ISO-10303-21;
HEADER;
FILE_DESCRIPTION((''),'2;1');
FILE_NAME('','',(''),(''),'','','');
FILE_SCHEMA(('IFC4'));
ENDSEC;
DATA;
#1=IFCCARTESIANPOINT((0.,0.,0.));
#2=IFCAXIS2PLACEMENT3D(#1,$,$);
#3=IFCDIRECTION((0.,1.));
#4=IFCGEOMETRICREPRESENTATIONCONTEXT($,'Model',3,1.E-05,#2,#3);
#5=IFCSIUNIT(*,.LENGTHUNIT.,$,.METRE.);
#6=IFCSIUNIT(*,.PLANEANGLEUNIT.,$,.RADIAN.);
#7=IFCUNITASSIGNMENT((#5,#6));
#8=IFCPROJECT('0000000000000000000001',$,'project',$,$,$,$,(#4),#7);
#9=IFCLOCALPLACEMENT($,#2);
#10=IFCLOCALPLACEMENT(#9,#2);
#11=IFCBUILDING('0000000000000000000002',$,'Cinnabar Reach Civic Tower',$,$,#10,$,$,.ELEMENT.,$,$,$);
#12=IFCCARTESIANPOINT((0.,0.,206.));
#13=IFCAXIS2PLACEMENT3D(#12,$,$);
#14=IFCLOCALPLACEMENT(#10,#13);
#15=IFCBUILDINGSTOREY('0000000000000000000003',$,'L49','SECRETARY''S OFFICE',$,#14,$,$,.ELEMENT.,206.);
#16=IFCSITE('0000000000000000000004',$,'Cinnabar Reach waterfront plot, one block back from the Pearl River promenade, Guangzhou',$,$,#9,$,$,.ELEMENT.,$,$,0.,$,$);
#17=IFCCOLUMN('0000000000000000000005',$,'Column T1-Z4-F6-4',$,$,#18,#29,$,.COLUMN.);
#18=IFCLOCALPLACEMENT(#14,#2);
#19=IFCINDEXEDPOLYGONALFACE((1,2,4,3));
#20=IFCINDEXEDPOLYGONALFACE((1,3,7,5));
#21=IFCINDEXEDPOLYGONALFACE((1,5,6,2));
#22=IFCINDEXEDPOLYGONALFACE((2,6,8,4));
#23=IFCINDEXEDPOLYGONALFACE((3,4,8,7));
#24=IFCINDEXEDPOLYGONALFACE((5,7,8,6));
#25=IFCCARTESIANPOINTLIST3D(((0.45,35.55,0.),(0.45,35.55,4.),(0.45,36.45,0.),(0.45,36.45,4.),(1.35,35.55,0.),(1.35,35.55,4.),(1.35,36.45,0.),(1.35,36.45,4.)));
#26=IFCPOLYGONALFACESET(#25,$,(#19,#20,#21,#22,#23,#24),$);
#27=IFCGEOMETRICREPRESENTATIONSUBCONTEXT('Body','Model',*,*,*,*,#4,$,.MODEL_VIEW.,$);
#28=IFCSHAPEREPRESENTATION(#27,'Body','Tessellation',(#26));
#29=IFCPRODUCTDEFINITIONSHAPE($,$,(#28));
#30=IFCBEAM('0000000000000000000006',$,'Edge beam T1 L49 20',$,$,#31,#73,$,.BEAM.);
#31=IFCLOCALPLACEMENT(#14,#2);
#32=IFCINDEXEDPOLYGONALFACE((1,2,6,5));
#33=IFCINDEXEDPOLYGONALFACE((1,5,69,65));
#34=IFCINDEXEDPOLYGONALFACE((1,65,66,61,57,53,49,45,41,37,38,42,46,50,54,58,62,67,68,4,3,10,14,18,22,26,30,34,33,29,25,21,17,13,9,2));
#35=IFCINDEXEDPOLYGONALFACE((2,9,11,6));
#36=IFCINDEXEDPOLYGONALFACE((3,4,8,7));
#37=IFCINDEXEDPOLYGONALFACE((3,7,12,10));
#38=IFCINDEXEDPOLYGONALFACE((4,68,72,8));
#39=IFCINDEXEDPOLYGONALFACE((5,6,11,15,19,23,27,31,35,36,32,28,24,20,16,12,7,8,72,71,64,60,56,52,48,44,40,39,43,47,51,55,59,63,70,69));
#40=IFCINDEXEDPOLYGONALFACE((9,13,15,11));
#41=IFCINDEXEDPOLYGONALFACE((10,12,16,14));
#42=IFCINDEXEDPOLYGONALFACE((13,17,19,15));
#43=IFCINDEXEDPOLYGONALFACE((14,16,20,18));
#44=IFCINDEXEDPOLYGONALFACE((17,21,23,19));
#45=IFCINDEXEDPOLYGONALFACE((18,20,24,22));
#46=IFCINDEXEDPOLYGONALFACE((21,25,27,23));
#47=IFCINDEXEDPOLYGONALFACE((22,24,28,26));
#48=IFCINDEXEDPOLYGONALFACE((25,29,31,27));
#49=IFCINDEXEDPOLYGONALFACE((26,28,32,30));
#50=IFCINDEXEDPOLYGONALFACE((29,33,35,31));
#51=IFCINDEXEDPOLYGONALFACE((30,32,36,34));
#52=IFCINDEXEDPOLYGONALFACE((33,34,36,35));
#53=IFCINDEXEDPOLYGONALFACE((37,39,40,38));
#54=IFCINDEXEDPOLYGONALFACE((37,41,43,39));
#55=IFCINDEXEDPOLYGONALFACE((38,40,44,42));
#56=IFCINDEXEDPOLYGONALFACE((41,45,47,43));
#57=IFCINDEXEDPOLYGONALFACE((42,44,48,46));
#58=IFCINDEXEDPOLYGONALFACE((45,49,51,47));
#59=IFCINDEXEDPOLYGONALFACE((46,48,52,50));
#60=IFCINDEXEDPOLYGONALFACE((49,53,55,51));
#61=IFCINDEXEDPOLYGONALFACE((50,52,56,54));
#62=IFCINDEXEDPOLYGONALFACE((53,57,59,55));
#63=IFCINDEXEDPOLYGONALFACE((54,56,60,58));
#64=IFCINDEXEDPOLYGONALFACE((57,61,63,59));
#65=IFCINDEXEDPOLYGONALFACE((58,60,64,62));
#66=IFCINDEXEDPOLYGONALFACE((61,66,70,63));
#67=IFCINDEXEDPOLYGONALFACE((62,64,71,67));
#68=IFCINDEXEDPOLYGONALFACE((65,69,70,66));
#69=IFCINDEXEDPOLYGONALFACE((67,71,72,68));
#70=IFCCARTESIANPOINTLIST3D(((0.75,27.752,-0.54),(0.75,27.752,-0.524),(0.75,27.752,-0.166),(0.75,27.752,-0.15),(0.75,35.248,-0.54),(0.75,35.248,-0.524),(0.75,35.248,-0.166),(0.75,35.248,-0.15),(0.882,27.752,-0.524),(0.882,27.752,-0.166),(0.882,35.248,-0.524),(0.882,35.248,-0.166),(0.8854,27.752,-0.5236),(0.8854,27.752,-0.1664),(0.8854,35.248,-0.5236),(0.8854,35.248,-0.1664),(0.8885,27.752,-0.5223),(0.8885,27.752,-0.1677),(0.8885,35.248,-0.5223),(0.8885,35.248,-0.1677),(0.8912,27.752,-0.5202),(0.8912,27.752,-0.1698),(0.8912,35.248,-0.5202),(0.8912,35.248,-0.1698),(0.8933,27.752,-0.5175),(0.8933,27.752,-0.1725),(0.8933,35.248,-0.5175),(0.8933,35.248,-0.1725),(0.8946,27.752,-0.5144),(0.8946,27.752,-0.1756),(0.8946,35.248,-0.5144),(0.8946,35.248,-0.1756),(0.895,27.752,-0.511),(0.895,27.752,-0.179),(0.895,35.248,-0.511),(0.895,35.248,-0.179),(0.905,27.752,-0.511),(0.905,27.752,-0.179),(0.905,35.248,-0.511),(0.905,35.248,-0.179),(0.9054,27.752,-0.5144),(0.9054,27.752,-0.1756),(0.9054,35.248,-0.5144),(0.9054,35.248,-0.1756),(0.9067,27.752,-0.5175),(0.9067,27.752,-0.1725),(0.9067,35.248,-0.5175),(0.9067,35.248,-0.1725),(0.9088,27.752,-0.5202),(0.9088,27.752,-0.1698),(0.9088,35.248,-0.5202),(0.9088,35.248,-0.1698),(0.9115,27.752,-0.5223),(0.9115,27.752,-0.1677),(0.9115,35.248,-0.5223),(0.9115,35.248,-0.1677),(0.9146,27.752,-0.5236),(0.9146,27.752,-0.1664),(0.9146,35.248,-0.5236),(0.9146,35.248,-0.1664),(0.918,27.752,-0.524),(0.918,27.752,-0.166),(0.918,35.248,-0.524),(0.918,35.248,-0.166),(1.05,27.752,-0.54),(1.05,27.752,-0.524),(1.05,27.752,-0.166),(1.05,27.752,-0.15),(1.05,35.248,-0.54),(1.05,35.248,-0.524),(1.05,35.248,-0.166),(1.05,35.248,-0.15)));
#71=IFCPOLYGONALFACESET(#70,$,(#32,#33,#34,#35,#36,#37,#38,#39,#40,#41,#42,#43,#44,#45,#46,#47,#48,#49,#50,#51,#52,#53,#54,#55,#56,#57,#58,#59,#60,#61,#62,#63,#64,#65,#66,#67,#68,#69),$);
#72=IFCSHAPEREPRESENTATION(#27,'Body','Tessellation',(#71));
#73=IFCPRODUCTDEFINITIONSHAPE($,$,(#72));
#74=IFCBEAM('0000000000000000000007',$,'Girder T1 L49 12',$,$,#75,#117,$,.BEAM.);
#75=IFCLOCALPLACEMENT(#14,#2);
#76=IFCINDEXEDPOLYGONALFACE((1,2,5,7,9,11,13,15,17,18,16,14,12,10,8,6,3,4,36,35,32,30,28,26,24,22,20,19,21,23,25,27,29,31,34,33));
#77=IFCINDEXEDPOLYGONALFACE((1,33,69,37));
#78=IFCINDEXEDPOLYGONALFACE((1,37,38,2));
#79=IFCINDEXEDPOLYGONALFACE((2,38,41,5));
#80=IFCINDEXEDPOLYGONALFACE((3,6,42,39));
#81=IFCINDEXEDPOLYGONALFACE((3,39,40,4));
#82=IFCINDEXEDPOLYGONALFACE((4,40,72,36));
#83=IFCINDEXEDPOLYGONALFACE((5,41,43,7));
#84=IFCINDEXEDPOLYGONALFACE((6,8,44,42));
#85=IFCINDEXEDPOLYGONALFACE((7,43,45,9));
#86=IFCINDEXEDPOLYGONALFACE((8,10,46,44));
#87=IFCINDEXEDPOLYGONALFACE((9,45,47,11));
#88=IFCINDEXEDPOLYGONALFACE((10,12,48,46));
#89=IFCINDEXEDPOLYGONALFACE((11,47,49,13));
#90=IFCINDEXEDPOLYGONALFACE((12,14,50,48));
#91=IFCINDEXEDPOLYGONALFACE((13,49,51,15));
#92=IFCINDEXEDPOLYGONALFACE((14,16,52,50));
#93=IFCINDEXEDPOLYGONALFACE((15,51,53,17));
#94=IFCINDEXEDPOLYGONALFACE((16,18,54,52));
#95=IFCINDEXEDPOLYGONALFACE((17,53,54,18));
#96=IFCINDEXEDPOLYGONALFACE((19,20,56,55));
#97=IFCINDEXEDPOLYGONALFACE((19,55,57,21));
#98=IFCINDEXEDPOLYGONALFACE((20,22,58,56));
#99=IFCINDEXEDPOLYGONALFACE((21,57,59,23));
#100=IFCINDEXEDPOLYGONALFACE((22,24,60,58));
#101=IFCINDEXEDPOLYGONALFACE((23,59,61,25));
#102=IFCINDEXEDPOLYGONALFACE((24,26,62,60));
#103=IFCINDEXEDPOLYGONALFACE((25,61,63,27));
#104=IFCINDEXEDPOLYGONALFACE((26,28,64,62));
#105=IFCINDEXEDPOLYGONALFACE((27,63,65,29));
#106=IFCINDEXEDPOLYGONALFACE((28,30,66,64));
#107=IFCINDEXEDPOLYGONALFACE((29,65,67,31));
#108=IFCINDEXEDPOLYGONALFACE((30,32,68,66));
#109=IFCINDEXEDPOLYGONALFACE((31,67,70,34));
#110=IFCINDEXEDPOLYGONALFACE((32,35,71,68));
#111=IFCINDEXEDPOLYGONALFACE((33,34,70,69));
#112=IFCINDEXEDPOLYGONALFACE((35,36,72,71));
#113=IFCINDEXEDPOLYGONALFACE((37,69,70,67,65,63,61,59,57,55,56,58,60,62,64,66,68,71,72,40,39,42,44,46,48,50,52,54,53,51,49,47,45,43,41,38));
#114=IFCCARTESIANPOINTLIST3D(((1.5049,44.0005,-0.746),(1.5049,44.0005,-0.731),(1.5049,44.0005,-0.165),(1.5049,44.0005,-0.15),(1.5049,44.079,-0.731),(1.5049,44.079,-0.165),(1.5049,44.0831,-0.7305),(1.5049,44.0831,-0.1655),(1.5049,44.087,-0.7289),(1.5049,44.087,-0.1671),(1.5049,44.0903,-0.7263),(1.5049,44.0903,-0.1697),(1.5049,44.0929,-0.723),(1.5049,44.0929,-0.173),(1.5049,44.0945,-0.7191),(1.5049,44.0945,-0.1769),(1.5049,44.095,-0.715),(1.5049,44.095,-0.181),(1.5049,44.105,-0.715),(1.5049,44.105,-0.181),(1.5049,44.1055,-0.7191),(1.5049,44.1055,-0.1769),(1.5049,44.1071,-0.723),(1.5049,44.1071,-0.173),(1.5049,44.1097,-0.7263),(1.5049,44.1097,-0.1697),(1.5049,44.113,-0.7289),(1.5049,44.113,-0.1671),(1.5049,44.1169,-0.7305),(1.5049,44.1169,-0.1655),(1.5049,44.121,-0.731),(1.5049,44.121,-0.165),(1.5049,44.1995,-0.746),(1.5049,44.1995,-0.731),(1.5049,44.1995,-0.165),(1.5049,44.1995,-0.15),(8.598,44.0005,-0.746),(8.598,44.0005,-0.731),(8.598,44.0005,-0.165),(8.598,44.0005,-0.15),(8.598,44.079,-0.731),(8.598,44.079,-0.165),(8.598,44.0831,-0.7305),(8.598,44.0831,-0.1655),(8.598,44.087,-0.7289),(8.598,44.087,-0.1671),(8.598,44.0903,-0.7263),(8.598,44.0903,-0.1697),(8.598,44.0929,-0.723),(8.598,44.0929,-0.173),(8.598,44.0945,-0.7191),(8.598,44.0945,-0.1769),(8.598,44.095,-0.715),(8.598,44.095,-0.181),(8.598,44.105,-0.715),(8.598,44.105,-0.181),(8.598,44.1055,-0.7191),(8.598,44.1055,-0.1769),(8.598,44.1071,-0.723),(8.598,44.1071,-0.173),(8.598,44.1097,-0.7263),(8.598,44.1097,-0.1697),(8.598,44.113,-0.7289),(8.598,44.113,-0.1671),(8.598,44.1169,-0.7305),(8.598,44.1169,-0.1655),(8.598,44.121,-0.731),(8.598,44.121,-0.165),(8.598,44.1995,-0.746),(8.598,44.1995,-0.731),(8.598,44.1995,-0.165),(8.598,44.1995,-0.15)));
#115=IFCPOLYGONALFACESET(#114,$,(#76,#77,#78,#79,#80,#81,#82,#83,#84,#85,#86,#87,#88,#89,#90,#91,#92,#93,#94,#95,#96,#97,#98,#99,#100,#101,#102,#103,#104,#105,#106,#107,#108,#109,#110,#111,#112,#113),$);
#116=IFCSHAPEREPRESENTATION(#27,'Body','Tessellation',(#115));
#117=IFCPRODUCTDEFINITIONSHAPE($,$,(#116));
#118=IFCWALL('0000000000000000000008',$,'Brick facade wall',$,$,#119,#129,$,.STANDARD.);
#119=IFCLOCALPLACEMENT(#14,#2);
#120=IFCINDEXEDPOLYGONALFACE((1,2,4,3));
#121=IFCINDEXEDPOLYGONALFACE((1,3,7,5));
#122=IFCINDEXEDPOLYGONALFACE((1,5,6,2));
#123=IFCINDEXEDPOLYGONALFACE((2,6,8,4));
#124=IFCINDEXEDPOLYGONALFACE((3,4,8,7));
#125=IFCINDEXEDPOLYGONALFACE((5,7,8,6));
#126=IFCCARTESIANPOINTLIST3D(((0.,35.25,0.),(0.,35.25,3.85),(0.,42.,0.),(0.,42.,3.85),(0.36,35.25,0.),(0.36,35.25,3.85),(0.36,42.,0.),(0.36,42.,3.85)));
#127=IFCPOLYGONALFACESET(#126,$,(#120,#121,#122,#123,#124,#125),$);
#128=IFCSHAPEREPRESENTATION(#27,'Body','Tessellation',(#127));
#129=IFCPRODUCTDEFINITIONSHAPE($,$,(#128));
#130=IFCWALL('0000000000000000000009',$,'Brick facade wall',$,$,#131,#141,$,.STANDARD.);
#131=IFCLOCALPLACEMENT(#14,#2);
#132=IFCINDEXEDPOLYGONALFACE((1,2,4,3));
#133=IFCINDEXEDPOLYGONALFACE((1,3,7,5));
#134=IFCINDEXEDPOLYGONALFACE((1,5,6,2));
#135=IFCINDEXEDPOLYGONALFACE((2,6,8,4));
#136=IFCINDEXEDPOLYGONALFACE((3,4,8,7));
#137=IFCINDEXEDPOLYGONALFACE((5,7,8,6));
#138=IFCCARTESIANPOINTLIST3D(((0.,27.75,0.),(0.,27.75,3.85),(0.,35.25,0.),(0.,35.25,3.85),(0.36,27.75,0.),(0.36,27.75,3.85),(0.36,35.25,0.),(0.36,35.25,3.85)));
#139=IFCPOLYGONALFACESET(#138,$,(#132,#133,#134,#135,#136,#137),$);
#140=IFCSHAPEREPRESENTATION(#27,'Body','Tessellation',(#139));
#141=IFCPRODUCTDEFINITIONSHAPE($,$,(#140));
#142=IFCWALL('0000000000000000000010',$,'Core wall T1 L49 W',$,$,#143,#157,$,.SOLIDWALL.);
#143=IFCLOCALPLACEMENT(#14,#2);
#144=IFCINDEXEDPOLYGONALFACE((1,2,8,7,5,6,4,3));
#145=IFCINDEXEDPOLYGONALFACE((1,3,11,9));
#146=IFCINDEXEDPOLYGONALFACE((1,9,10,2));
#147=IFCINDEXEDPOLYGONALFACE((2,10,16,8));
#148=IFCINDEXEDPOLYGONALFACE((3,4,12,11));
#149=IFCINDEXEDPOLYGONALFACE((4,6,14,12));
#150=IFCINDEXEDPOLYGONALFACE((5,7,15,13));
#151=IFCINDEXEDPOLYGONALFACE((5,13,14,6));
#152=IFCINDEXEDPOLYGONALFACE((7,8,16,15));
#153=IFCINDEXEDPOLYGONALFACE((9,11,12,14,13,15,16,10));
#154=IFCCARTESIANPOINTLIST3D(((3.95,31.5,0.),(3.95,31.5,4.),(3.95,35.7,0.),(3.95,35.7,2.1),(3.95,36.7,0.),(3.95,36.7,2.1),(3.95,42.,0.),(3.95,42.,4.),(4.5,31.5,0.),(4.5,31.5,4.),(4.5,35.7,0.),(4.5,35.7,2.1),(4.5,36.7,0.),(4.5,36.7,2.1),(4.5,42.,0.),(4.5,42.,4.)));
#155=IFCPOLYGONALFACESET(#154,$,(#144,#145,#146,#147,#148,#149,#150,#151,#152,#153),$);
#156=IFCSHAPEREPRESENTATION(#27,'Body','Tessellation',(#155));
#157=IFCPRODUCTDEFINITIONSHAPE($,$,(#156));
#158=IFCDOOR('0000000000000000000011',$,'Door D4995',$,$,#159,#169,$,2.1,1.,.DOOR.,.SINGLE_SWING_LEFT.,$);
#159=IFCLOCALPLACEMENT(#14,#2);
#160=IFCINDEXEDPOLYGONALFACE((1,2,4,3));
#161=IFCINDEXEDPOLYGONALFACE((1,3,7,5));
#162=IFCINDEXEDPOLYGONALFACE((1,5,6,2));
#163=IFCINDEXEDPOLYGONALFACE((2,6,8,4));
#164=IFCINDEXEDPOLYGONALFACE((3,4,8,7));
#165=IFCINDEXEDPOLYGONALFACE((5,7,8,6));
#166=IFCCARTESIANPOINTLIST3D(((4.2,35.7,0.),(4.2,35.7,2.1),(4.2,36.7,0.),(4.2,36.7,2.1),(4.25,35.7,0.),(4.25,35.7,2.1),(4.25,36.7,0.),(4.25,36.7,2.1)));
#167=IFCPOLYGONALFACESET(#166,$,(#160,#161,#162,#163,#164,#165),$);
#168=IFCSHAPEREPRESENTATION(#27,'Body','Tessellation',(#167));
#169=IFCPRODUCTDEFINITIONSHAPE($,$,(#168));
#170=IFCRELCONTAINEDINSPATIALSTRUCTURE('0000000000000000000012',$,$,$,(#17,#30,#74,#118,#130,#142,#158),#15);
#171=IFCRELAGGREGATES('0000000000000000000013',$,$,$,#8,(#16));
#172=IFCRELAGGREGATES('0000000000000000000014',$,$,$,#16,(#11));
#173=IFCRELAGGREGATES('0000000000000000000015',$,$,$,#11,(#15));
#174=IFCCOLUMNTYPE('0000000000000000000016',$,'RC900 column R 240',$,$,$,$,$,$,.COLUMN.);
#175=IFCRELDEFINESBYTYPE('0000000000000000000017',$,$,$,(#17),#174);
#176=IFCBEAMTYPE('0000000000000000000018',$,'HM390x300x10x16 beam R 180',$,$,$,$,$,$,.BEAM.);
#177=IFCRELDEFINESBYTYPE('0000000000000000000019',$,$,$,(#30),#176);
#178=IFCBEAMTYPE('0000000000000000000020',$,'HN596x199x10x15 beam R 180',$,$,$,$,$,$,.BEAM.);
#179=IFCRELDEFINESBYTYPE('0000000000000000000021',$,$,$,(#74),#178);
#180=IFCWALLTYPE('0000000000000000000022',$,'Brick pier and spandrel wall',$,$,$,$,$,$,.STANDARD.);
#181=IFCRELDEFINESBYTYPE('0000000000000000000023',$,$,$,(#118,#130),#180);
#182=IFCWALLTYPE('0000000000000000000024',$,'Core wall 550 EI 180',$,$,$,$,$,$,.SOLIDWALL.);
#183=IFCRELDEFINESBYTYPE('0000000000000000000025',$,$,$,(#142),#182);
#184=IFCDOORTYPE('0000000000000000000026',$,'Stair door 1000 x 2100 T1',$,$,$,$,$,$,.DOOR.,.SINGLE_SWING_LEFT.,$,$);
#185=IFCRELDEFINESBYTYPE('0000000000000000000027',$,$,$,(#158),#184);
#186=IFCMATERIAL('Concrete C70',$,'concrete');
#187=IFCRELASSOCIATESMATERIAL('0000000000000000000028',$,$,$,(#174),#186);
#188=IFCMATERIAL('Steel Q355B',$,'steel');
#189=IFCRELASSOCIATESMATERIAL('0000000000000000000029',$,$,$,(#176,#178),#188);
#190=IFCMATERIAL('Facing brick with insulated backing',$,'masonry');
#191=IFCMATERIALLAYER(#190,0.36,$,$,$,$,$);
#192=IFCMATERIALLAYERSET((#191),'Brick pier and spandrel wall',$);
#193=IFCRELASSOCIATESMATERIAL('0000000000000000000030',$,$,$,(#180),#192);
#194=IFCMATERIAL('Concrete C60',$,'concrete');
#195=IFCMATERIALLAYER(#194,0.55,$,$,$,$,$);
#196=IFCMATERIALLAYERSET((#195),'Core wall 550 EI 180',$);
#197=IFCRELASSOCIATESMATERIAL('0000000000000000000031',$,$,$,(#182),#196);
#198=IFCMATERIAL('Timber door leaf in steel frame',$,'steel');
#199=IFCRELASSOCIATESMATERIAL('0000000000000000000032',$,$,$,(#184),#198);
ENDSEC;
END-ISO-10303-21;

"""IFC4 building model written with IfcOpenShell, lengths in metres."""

from ifc_helpers import new_model, si_unit, direction, frame, frame_2d, origin, origin_2d, place, context, subcontext, project, spatial, rectangle, i_section, extrude, material, layer, layer_set, material_profile, profile_set, type_object, element, fill, save


model = new_model("IFC4")

# Units and contexts
model_context = context("Model", 3, precision=1e-05, world=origin(), true_north=direction((0.0, 1.0)))
body_context = subcontext(model_context, "Body", "Model", "MODEL_VIEW")
ifc_project = project(units=[si_unit("LENGTHUNIT", "METRE"), si_unit("PLANEANGLEUNIT", "RADIAN")], contexts=[model_context])

# Site, building, storey
site_placement = place(None, origin())
site = spatial("IfcSite", under=ifc_project, at=site_placement, Name="Cinnabar Reach waterfront plot, one block back from the Pearl River promenade, Guangzhou", CompositionType="ELEMENT", RefElevation=0.0)
building_placement = place(site_placement, origin())
building = spatial("IfcBuilding", under=site, at=building_placement, Name="Cinnabar Reach Civic Tower", CompositionType="ELEMENT")
storey_placement = place(building_placement, frame((0.0, 0.0, 206.0)))
storey = spatial("IfcBuildingStorey", under=building, at=storey_placement, Name="L49", Description="SECRETARY'S OFFICE", CompositionType="ELEMENT", Elevation=206.0)

# Column
ifc_material_1 = material(Name="Concrete C70", Category="concrete")
ifc_material_profile_1 = material_profile(ifc_material_1, rectangle(XDim=0.9, YDim=0.9, at=origin_2d()), Name="RC900")
ifc_profile_set_1 = profile_set([ifc_material_profile_1], Name="Concrete C70")
column_type = type_object("IfcColumnType", Name="RC900 column R 240", PredefinedType="COLUMN", material=ifc_profile_set_1)
column_placement = place(storey_placement, frame((0.9, 36.0, 0.0), z_axis=(0.0, 0.0, 1.0), x_axis=(1.0, 0.0, 0.0)))
element("IfcColumn", 1, at=column_placement, inside=storey, type_object=column_type, Name="Column T1-Z4-F6-4", PredefinedType="COLUMN", context=body_context, shape_type="SweptSolid", body=[
    extrude(rectangle(XDim=0.9, YDim=0.9, at=origin_2d()), origin(), (0.0, 0.0, 1.0), 4.0),
])

# Beams
ifc_material_2 = material(Name="Steel Q355B", Category="steel")
ifc_material_profile_2 = material_profile(ifc_material_2, i_section(OverallWidth=0.3, OverallDepth=0.39, WebThickness=0.01, FlangeThickness=0.016, FilletRadius=0.013, at=origin_2d()), Name="HM390x300x10x16")
ifc_profile_set_2 = profile_set([ifc_material_profile_2], Name="Steel Q355B")
beam_type_1 = type_object("IfcBeamType", Name="HM390x300x10x16 beam R 180", PredefinedType="BEAM", material=ifc_profile_set_2)
beam_1_placement = place(storey_placement, frame((0.9, 35.248, -0.345), z_axis=(0.0, -1.0, 0.0), x_axis=(1.0, 0.0, 0.0)))
element("IfcBeam", 2, at=beam_1_placement, inside=storey, type_object=beam_type_1, Name="Edge beam T1 L49 20", PredefinedType="BEAM", context=body_context, shape_type="SweptSolid", body=[
    extrude(i_section(OverallWidth=0.3, OverallDepth=0.39, WebThickness=0.01, FlangeThickness=0.016, FilletRadius=0.013, at=origin_2d()), origin(), (0.0, 0.0, 1.0), 7.496),
])
ifc_material_profile_3 = material_profile(ifc_material_2, i_section(OverallWidth=0.199, OverallDepth=0.596, WebThickness=0.01, FlangeThickness=0.015, FilletRadius=0.016, at=origin_2d()), Name="HN596x199x10x15")
ifc_profile_set_3 = profile_set([ifc_material_profile_3], Name="Steel Q355B")
beam_type_2 = type_object("IfcBeamType", Name="HN596x199x10x15 beam R 180", PredefinedType="BEAM", material=ifc_profile_set_3)
beam_2_placement = place(storey_placement, frame((1.5049, 44.1, -0.448), z_axis=(1.0, 0.0, 0.0), x_axis=(0.0, 1.0, 0.0)))
element("IfcBeam", 3, at=beam_2_placement, inside=storey, type_object=beam_type_2, Name="Girder T1 L49 12", PredefinedType="BEAM", context=body_context, shape_type="SweptSolid", body=[
    extrude(i_section(OverallWidth=0.199, OverallDepth=0.596, WebThickness=0.01, FlangeThickness=0.015, FilletRadius=0.016, at=origin_2d()), origin(), (0.0, 0.0, 1.0), 7.0931),
])

# Walls
ifc_material_3 = material(Name="Facing brick with insulated backing", Category="masonry")
ifc_layer_1 = layer(ifc_material_3, 0.36)
ifc_layer_set_1 = layer_set([ifc_layer_1], Name="Brick pier and spandrel wall")
wall_type_1 = type_object("IfcWallType", Name="Brick pier and spandrel wall", PredefinedType="STANDARD", material=ifc_layer_set_1)
wall_1_placement = place(storey_placement, frame((0.18, 42.0, 0.0), z_axis=(0.0, 0.0, 1.0), x_axis=(0.0, -1.0, 0.0)))
element("IfcWall", 4, at=wall_1_placement, inside=storey, type_object=wall_type_1, Name="Brick facade wall", PredefinedType="STANDARD", context=body_context, shape_type="SweptSolid", body=[
    extrude(rectangle(XDim=6.75, YDim=0.36, at=frame_2d((3.375, 0.0))), origin(), (0.0, 0.0, 1.0), 3.85),
])
wall_2_placement = place(storey_placement, frame((0.18, 35.25, 0.0), z_axis=(0.0, 0.0, 1.0), x_axis=(0.0, -1.0, 0.0)))
element("IfcWall", 5, at=wall_2_placement, inside=storey, type_object=wall_type_1, Name="Brick facade wall", PredefinedType="STANDARD", context=body_context, shape_type="SweptSolid", body=[
    extrude(rectangle(XDim=7.5, YDim=0.36, at=frame_2d((3.75, 0.0))), origin(), (0.0, 0.0, 1.0), 3.85),
])

# Wall, opening, door
ifc_material_4 = material(Name="Concrete C60", Category="concrete")
ifc_layer_2 = layer(ifc_material_4, 0.55)
ifc_layer_set_2 = layer_set([ifc_layer_2], Name="Core wall 550 EI 180")
wall_type_2 = type_object("IfcWallType", Name="Core wall 550 EI 180", PredefinedType="SOLIDWALL", material=ifc_layer_set_2)
wall_3_placement = place(storey_placement, frame((4.225, 42.0, 0.0), z_axis=(0.0, 0.0, 1.0), x_axis=(0.0, -1.0, 0.0)))
wall_3 = element("IfcWall", 6, at=wall_3_placement, inside=storey, type_object=wall_type_2, Name="Core wall T1 L49 W", PredefinedType="SOLIDWALL", context=body_context, shape_type="SweptSolid", body=[
    extrude(rectangle(XDim=10.5, YDim=0.55, at=frame_2d((5.25, 0.0))), origin(), (0.0, 0.0, 1.0), 4.0),
])
opening_1_placement = place(wall_3_placement, frame((5.3, 0.0, 0.0)))
opening_1 = element("IfcOpeningElement", 7, at=opening_1_placement, cuts=wall_3, PredefinedType="OPENING", context=body_context, shape_type="SweptSolid", body=[
    extrude(rectangle(XDim=1.0, YDim=2.1, at=frame_2d((0.5, 1.05))), frame((0.0, 0.285, 0.0), z_axis=(0.0, -1.0, 0.0), x_axis=(1.0, 0.0, 0.0)), (0.0, 0.0, 1.0), 0.57),
])
ifc_material_5 = material(Name="Timber door leaf in steel frame", Category="steel")
door_type_1 = type_object("IfcDoorType", Name="Stair door 1000 x 2100 T1", OperationType="SINGLE_SWING_LEFT", PredefinedType="DOOR", material=ifc_material_5)
door_1_placement = place(opening_1_placement, frame((1.0, 0.0, 0.0), z_axis=(0.0, 0.0, 1.0), x_axis=(-1.0, 0.0, 0.0)))
door_1 = element("IfcDoor", 8, at=door_1_placement, inside=storey, type_object=door_type_1, Name="Door D4995", OperationType="SINGLE_SWING_LEFT", OverallHeight=2.1, OverallWidth=1.0, PredefinedType="DOOR", context=body_context, shape_type="SweptSolid", body=[
    extrude(rectangle(XDim=1.0, YDim=2.1, at=frame_2d((0.5, 1.05))), frame((0.0, 0.025, 0.0), z_axis=(0.0, -1.0, 0.0), x_axis=(1.0, 0.0, 0.0)), (0.0, 0.0, 1.0), 0.05),
])
fill(opening_1, door_1)

save(model, "model.ifc")
